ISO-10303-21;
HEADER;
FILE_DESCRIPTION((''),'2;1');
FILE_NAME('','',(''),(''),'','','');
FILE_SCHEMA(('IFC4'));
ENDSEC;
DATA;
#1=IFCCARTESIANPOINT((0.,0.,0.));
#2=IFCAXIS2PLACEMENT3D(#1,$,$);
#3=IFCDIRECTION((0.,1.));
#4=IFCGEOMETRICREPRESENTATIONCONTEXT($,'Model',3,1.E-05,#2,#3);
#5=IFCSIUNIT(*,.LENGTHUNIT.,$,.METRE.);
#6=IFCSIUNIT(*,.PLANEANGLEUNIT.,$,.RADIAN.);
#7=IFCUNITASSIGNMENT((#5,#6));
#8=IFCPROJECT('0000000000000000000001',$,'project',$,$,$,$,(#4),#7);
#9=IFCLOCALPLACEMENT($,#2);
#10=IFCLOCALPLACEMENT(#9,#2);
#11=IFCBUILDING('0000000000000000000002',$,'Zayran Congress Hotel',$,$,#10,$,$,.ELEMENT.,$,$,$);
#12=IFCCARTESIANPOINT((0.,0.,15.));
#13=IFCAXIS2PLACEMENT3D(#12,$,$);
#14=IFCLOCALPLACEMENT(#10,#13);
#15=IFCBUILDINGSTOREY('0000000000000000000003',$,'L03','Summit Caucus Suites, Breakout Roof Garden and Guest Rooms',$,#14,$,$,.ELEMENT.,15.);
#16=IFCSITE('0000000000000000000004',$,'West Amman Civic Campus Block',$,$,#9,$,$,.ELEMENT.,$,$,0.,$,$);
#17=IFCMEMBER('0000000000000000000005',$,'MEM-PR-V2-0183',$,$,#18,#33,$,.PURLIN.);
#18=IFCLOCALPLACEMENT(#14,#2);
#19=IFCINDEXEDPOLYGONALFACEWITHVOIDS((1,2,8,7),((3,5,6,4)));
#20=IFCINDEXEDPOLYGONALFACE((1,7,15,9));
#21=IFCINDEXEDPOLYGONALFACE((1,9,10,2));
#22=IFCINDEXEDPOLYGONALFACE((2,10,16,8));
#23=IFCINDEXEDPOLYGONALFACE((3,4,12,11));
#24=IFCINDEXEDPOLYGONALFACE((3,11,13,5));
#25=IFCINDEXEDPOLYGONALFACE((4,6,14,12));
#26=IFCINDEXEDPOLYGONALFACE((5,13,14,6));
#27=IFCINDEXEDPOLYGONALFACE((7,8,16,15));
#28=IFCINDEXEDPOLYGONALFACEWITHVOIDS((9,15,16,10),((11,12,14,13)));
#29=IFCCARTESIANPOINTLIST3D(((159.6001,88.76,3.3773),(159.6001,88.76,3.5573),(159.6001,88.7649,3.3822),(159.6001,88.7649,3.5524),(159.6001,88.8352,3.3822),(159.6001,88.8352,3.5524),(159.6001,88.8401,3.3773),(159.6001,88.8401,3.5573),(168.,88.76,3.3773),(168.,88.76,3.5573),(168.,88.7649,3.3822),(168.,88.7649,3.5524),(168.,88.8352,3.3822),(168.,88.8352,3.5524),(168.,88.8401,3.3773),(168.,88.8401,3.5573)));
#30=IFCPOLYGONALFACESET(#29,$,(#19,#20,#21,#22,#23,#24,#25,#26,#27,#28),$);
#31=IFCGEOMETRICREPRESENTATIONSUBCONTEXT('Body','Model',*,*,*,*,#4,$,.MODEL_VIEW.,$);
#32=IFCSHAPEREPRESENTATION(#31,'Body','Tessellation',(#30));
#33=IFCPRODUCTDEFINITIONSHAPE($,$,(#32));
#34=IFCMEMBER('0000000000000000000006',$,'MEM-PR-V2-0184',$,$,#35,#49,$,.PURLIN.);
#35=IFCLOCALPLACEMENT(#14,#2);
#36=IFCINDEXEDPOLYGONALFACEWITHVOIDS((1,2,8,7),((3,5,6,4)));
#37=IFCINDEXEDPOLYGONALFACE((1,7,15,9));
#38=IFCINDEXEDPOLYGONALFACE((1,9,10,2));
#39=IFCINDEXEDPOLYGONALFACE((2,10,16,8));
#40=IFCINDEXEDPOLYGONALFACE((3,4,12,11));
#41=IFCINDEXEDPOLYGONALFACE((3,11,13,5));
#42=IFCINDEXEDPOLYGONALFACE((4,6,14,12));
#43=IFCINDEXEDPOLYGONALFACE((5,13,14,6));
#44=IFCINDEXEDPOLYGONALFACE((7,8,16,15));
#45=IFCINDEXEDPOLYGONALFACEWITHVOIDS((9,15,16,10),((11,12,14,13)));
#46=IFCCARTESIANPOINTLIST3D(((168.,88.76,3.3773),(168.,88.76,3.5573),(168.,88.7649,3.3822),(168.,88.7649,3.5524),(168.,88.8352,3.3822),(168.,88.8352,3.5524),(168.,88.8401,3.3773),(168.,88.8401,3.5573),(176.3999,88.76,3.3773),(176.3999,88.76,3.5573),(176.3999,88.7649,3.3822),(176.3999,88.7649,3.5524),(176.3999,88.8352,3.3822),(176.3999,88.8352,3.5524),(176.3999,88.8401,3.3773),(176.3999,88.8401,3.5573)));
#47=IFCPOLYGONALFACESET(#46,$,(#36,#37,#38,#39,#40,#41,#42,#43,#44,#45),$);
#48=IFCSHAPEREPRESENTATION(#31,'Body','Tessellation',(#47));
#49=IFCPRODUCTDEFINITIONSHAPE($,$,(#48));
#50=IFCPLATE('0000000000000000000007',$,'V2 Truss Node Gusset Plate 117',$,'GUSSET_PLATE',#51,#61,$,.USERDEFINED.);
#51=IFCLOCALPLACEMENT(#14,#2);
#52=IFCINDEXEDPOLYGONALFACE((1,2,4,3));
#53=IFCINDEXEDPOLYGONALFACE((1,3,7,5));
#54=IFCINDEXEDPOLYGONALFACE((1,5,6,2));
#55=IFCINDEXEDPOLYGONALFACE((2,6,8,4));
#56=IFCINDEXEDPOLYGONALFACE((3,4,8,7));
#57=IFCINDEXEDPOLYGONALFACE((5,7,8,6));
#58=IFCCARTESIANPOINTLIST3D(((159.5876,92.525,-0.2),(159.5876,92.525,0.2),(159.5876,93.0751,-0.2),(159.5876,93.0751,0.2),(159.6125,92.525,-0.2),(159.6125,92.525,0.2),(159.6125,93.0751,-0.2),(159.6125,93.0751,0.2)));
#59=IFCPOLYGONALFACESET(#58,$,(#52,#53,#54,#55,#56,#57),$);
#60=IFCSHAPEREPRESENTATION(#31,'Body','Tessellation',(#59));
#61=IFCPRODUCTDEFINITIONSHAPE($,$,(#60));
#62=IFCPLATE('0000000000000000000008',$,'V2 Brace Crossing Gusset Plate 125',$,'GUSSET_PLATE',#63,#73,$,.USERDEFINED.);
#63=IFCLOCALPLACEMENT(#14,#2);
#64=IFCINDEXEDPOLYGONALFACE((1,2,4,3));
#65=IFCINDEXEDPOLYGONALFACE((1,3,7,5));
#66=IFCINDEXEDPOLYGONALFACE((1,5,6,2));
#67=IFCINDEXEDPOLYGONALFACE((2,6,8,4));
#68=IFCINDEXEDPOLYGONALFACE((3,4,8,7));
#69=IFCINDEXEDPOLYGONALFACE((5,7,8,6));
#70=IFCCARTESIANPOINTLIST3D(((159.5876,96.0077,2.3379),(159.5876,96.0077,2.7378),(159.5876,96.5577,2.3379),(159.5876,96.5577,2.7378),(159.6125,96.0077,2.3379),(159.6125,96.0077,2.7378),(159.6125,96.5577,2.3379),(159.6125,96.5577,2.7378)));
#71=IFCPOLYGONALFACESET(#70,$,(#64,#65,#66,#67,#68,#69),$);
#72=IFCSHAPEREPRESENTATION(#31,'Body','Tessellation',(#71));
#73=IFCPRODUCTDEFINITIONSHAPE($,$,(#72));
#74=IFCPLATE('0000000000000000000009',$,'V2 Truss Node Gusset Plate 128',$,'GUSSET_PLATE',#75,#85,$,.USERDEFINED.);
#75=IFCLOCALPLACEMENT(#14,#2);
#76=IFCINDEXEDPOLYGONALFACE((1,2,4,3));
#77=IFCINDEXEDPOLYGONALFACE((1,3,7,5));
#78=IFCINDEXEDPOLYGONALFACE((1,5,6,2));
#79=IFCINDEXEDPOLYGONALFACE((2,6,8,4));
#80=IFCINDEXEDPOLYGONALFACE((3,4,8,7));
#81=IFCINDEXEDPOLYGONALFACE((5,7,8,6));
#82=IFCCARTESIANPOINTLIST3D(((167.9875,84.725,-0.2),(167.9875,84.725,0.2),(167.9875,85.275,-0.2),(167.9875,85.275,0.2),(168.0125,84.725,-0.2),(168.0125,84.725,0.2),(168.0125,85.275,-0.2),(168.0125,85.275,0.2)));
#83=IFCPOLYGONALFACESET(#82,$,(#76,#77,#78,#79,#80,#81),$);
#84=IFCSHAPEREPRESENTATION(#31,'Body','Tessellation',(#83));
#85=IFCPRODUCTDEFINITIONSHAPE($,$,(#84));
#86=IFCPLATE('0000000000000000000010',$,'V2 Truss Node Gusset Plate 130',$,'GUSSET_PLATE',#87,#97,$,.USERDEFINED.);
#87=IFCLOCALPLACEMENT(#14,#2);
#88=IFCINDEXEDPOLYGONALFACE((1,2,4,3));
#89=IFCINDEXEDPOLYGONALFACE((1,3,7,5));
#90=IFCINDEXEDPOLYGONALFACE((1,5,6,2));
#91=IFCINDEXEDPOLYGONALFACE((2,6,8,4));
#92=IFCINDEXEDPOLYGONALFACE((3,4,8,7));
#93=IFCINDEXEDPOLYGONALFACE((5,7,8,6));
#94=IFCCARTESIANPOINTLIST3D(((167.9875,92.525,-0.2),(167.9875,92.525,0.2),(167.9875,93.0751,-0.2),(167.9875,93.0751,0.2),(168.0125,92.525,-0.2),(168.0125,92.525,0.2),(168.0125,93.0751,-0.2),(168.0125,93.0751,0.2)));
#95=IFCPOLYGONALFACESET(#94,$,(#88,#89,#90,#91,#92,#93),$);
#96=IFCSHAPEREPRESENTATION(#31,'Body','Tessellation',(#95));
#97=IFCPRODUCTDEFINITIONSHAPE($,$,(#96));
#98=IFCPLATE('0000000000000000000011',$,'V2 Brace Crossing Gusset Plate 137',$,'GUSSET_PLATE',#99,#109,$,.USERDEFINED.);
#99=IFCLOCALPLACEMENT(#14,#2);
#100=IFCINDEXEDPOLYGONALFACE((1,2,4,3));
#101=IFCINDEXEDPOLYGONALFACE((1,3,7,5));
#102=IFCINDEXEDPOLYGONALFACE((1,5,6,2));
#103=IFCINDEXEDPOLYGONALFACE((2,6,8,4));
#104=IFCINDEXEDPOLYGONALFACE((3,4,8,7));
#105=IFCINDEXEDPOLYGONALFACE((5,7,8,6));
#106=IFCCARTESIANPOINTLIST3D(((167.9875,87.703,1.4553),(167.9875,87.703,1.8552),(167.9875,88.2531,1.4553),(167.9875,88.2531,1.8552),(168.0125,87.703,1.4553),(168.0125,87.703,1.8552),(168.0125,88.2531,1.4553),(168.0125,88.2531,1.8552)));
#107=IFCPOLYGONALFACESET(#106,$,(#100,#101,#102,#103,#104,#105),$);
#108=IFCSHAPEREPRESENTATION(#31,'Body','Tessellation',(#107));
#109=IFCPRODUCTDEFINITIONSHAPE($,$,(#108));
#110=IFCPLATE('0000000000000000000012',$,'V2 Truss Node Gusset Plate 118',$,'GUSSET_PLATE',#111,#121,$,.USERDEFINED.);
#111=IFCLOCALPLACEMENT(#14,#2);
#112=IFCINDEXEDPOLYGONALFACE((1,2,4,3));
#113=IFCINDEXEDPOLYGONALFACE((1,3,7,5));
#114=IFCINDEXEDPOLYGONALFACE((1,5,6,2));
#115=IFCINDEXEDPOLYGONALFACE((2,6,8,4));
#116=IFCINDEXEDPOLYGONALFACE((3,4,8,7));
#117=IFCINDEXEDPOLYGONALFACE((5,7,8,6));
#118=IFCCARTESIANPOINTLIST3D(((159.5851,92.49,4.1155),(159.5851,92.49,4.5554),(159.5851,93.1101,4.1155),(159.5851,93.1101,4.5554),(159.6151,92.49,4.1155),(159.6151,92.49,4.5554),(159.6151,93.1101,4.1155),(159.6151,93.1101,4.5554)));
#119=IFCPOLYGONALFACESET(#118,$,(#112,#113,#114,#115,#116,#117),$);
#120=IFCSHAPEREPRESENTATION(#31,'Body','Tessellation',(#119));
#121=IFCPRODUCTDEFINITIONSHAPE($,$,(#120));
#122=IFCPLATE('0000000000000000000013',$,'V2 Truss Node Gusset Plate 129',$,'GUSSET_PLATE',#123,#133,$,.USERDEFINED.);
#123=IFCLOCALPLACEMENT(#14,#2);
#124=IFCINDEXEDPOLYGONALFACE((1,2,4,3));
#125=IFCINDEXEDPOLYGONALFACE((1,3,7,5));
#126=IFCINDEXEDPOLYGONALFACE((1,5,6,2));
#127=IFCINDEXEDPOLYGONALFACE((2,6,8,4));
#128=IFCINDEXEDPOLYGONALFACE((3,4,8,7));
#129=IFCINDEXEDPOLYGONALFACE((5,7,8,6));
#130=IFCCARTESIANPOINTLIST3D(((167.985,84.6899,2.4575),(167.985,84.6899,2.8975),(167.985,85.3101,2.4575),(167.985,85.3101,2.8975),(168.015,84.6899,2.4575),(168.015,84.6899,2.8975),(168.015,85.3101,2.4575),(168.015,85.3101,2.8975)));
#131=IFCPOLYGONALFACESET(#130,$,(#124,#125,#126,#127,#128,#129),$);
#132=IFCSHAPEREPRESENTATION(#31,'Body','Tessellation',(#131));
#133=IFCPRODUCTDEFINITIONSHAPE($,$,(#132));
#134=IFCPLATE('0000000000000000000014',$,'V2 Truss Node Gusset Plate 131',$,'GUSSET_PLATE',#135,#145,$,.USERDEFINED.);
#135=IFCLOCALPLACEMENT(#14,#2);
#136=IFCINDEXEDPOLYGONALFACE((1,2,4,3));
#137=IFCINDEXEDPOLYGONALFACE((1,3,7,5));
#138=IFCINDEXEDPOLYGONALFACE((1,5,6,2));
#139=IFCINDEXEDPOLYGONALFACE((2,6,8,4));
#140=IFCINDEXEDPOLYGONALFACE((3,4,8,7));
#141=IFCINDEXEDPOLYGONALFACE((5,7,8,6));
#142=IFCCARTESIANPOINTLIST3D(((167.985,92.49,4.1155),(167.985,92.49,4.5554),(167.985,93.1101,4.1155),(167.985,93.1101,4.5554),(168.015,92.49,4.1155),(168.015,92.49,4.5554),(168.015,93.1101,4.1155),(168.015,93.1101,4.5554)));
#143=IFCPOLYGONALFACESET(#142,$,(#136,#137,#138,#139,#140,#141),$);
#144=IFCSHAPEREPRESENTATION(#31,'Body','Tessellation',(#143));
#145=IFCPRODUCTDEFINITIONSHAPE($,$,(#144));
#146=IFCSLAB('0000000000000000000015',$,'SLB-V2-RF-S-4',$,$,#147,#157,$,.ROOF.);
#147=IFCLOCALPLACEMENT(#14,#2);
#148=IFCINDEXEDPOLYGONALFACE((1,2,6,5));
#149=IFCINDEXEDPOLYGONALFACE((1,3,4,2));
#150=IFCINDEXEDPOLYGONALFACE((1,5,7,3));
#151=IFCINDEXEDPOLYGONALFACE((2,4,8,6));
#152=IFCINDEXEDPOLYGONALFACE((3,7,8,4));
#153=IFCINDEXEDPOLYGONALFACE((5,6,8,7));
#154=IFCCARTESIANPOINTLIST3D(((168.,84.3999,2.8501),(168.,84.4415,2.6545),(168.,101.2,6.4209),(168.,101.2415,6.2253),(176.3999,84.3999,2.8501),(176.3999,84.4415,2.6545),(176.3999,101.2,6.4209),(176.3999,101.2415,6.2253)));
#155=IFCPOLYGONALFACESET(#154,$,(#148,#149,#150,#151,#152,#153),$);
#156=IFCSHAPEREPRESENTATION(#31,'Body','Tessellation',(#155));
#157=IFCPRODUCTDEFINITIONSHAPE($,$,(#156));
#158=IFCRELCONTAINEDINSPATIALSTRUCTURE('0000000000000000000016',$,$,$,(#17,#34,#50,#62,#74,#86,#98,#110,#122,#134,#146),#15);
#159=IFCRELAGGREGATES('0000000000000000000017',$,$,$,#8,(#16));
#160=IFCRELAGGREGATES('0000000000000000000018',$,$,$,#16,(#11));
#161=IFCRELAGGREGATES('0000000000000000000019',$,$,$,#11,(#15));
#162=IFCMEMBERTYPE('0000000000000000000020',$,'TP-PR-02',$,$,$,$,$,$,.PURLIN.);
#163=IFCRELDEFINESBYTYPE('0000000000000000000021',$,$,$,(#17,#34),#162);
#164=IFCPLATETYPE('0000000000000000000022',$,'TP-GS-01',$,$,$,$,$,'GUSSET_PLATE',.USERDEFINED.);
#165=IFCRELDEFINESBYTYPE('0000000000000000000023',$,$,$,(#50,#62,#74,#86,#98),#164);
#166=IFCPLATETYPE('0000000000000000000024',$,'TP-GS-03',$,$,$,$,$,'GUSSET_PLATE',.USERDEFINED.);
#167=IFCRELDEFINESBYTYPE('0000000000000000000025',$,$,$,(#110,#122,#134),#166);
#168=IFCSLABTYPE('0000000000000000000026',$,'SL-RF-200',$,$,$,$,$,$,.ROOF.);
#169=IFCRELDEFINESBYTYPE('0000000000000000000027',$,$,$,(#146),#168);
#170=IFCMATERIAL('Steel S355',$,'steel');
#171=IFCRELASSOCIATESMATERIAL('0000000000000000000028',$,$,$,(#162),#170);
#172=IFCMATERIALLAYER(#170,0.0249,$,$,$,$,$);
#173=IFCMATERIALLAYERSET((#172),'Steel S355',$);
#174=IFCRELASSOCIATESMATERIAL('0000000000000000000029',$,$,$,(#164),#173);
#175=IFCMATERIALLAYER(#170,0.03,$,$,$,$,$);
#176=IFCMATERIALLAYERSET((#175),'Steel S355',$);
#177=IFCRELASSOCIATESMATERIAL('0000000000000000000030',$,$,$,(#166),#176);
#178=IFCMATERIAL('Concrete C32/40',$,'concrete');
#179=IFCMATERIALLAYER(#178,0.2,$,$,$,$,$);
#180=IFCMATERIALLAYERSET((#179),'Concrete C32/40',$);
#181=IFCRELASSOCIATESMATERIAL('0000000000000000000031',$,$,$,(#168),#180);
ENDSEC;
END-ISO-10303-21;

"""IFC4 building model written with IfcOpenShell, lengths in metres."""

from ifc_helpers import new_model, si_unit, direction, frame, origin, origin_2d, place, context, subcontext, project, spatial, polyline, rectangle, hollow_rectangle, outline, extrude, material, layer, layer_set, material_profile, profile_set, type_object, element, save


model = new_model("IFC4")

# Units and contexts
model_context = context("Model", 3, precision=1e-05, world=origin(), true_north=direction((0.0, 1.0)))
body_context = subcontext(model_context, "Body", "Model", "MODEL_VIEW")
ifc_project = project(units=[si_unit("LENGTHUNIT", "METRE"), si_unit("PLANEANGLEUNIT", "RADIAN")], contexts=[model_context])

# Site, building, storey
site_placement = place(None, origin())
site = spatial("IfcSite", under=ifc_project, at=site_placement, Name="West Amman Civic Campus Block", CompositionType="ELEMENT", RefElevation=0.0)
building_placement = place(site_placement, origin())
building = spatial("IfcBuilding", under=site, at=building_placement, Name="Zayran Congress Hotel", CompositionType="ELEMENT")
storey_placement = place(building_placement, frame((0.0, 0.0, 15.0)))
storey = spatial("IfcBuildingStorey", under=building, at=storey_placement, Name="L03", Description="Summit Caucus Suites, Breakout Roof Garden and Guest Rooms", CompositionType="ELEMENT", Elevation=15.0)

# Shared definitions
ifc_material_1 = material(Name="Steel S355", Category="steel")

# Members
ifc_material_profile_1 = material_profile(ifc_material_1, hollow_rectangle(XDim=0.0801, YDim=0.1799, WallThickness=0.0049, at=origin_2d()), Name="RHS 180x80x5")
ifc_profile_set_1 = profile_set([ifc_material_profile_1], Name="Steel S355")
member_type_1 = type_object("IfcMemberType", Name="TP-PR-02", PredefinedType="PURLIN", material=ifc_profile_set_1)
for number, where, z_axis, x_axis, name in (
    (1, (159.6001, 88.8, 3.4673), (1.0, 0.0, 0.0), (0.0, 1.0, 0.0), "MEM-PR-V2-0183"),
    (2, (168.0, 88.8, 3.4673), (1.0, 0.0, 0.0), (0.0, 1.0, 0.0), "MEM-PR-V2-0184"),
):
    element("IfcMember", number, at=place(storey_placement, frame(where, z_axis=z_axis, x_axis=x_axis)), inside=storey, type_object=member_type_1, Name=name, PredefinedType="PURLIN", context=body_context, shape_type="SweptSolid", body=[
        extrude(hollow_rectangle(XDim=0.0801, YDim=0.1799, WallThickness=0.0049, at=origin_2d()), origin(), (0.0, 0.0, 1.0), 8.3999),
    ])

# Plates
ifc_layer_1 = layer(ifc_material_1, 0.0249)
ifc_layer_set_1 = layer_set([ifc_layer_1], Name="Steel S355")
plate_type_1 = type_object("IfcPlateType", Name="TP-GS-01", ElementType="GUSSET_PLATE", PredefinedType="USERDEFINED", material=ifc_layer_set_1)
for number, where, z_axis, x_axis, name in (
    (3, (159.6001, 92.8, -0.2), (0.0, 0.0, 1.0), (0.0, 1.0, 0.0), "V2 Truss Node Gusset Plate 117"),
    (4, (159.6001, 96.2827, 2.3379), (0.0, 0.0, 1.0), (0.0, 1.0, 0.0), "V2 Brace Crossing Gusset Plate 125"),
    (5, (168.0, 85.0, -0.2), (0.0, 0.0, 1.0), (0.0, 1.0, 0.0), "V2 Truss Node Gusset Plate 128"),
    (6, (168.0, 92.8, -0.2), (0.0, 0.0, 1.0), (0.0, 1.0, 0.0), "V2 Truss Node Gusset Plate 130"),
    (7, (168.0, 87.978, 1.4553), (0.0, 0.0, 1.0), (0.0, 1.0, 0.0), "V2 Brace Crossing Gusset Plate 137"),
):
    element("IfcPlate", number, at=place(storey_placement, frame(where, z_axis=z_axis, x_axis=x_axis)), inside=storey, type_object=plate_type_1, Name=name, ObjectType="GUSSET_PLATE", PredefinedType="USERDEFINED", context=body_context, shape_type="SweptSolid", body=[
        extrude(rectangle(XDim=0.55, YDim=0.0249, at=origin_2d()), origin(), (0.0, 0.0, 1.0), 0.3999),
    ])
ifc_layer_2 = layer(ifc_material_1, 0.03)
ifc_layer_set_2 = layer_set([ifc_layer_2], Name="Steel S355")
plate_type_2 = type_object("IfcPlateType", Name="TP-GS-03", ElementType="GUSSET_PLATE", PredefinedType="USERDEFINED", material=ifc_layer_set_2)
for number, where, z_axis, x_axis, name in (
    (8, (159.6001, 92.8, 4.1155), (0.0, 0.0, 1.0), (0.0, 1.0, 0.0), "V2 Truss Node Gusset Plate 118"),
    (9, (168.0, 85.0, 2.4575), (0.0, 0.0, 1.0), (0.0, 1.0, 0.0), "V2 Truss Node Gusset Plate 129"),
    (10, (168.0, 92.8, 4.1155), (0.0, 0.0, 1.0), (0.0, 1.0, 0.0), "V2 Truss Node Gusset Plate 131"),
):
    element("IfcPlate", number, at=place(storey_placement, frame(where, z_axis=z_axis, x_axis=x_axis)), inside=storey, type_object=plate_type_2, Name=name, ObjectType="GUSSET_PLATE", PredefinedType="USERDEFINED", context=body_context, shape_type="SweptSolid", body=[
        extrude(rectangle(XDim=0.6201, YDim=0.03, at=origin_2d()), origin(), (0.0, 0.0, 1.0), 0.4399),
    ])

# Slab
ifc_material_2 = material(Name="Concrete C32/40", Category="concrete")
ifc_layer_3 = layer(ifc_material_2, 0.2)
ifc_layer_set_3 = layer_set([ifc_layer_3], Name="Concrete C32/40")
slab_type = type_object("IfcSlabType", Name="SL-RF-200", PredefinedType="ROOF", material=ifc_layer_set_3)
slab_placement = place(storey_placement, frame((168.0, 84.3999, 2.8501), z_axis=(0.0, -0.207903, 0.978149), x_axis=(1.0, 0.0, 0.0)))
element("IfcSlab", 11, at=slab_placement, inside=storey, type_object=slab_type, Name="SLB-V2-RF-S-4", PredefinedType="ROOF", context=body_context, shape_type="SweptSolid", body=[
    extrude(outline(polyline([(0.0, 0.0), (8.3999, 0.0), (8.3999, 17.1753), (0.0, 17.1753), (0.0, 0.0)])), origin(), (0.0, 0.0, -1.0), 0.2),
])

save(model, "model.ifc")
